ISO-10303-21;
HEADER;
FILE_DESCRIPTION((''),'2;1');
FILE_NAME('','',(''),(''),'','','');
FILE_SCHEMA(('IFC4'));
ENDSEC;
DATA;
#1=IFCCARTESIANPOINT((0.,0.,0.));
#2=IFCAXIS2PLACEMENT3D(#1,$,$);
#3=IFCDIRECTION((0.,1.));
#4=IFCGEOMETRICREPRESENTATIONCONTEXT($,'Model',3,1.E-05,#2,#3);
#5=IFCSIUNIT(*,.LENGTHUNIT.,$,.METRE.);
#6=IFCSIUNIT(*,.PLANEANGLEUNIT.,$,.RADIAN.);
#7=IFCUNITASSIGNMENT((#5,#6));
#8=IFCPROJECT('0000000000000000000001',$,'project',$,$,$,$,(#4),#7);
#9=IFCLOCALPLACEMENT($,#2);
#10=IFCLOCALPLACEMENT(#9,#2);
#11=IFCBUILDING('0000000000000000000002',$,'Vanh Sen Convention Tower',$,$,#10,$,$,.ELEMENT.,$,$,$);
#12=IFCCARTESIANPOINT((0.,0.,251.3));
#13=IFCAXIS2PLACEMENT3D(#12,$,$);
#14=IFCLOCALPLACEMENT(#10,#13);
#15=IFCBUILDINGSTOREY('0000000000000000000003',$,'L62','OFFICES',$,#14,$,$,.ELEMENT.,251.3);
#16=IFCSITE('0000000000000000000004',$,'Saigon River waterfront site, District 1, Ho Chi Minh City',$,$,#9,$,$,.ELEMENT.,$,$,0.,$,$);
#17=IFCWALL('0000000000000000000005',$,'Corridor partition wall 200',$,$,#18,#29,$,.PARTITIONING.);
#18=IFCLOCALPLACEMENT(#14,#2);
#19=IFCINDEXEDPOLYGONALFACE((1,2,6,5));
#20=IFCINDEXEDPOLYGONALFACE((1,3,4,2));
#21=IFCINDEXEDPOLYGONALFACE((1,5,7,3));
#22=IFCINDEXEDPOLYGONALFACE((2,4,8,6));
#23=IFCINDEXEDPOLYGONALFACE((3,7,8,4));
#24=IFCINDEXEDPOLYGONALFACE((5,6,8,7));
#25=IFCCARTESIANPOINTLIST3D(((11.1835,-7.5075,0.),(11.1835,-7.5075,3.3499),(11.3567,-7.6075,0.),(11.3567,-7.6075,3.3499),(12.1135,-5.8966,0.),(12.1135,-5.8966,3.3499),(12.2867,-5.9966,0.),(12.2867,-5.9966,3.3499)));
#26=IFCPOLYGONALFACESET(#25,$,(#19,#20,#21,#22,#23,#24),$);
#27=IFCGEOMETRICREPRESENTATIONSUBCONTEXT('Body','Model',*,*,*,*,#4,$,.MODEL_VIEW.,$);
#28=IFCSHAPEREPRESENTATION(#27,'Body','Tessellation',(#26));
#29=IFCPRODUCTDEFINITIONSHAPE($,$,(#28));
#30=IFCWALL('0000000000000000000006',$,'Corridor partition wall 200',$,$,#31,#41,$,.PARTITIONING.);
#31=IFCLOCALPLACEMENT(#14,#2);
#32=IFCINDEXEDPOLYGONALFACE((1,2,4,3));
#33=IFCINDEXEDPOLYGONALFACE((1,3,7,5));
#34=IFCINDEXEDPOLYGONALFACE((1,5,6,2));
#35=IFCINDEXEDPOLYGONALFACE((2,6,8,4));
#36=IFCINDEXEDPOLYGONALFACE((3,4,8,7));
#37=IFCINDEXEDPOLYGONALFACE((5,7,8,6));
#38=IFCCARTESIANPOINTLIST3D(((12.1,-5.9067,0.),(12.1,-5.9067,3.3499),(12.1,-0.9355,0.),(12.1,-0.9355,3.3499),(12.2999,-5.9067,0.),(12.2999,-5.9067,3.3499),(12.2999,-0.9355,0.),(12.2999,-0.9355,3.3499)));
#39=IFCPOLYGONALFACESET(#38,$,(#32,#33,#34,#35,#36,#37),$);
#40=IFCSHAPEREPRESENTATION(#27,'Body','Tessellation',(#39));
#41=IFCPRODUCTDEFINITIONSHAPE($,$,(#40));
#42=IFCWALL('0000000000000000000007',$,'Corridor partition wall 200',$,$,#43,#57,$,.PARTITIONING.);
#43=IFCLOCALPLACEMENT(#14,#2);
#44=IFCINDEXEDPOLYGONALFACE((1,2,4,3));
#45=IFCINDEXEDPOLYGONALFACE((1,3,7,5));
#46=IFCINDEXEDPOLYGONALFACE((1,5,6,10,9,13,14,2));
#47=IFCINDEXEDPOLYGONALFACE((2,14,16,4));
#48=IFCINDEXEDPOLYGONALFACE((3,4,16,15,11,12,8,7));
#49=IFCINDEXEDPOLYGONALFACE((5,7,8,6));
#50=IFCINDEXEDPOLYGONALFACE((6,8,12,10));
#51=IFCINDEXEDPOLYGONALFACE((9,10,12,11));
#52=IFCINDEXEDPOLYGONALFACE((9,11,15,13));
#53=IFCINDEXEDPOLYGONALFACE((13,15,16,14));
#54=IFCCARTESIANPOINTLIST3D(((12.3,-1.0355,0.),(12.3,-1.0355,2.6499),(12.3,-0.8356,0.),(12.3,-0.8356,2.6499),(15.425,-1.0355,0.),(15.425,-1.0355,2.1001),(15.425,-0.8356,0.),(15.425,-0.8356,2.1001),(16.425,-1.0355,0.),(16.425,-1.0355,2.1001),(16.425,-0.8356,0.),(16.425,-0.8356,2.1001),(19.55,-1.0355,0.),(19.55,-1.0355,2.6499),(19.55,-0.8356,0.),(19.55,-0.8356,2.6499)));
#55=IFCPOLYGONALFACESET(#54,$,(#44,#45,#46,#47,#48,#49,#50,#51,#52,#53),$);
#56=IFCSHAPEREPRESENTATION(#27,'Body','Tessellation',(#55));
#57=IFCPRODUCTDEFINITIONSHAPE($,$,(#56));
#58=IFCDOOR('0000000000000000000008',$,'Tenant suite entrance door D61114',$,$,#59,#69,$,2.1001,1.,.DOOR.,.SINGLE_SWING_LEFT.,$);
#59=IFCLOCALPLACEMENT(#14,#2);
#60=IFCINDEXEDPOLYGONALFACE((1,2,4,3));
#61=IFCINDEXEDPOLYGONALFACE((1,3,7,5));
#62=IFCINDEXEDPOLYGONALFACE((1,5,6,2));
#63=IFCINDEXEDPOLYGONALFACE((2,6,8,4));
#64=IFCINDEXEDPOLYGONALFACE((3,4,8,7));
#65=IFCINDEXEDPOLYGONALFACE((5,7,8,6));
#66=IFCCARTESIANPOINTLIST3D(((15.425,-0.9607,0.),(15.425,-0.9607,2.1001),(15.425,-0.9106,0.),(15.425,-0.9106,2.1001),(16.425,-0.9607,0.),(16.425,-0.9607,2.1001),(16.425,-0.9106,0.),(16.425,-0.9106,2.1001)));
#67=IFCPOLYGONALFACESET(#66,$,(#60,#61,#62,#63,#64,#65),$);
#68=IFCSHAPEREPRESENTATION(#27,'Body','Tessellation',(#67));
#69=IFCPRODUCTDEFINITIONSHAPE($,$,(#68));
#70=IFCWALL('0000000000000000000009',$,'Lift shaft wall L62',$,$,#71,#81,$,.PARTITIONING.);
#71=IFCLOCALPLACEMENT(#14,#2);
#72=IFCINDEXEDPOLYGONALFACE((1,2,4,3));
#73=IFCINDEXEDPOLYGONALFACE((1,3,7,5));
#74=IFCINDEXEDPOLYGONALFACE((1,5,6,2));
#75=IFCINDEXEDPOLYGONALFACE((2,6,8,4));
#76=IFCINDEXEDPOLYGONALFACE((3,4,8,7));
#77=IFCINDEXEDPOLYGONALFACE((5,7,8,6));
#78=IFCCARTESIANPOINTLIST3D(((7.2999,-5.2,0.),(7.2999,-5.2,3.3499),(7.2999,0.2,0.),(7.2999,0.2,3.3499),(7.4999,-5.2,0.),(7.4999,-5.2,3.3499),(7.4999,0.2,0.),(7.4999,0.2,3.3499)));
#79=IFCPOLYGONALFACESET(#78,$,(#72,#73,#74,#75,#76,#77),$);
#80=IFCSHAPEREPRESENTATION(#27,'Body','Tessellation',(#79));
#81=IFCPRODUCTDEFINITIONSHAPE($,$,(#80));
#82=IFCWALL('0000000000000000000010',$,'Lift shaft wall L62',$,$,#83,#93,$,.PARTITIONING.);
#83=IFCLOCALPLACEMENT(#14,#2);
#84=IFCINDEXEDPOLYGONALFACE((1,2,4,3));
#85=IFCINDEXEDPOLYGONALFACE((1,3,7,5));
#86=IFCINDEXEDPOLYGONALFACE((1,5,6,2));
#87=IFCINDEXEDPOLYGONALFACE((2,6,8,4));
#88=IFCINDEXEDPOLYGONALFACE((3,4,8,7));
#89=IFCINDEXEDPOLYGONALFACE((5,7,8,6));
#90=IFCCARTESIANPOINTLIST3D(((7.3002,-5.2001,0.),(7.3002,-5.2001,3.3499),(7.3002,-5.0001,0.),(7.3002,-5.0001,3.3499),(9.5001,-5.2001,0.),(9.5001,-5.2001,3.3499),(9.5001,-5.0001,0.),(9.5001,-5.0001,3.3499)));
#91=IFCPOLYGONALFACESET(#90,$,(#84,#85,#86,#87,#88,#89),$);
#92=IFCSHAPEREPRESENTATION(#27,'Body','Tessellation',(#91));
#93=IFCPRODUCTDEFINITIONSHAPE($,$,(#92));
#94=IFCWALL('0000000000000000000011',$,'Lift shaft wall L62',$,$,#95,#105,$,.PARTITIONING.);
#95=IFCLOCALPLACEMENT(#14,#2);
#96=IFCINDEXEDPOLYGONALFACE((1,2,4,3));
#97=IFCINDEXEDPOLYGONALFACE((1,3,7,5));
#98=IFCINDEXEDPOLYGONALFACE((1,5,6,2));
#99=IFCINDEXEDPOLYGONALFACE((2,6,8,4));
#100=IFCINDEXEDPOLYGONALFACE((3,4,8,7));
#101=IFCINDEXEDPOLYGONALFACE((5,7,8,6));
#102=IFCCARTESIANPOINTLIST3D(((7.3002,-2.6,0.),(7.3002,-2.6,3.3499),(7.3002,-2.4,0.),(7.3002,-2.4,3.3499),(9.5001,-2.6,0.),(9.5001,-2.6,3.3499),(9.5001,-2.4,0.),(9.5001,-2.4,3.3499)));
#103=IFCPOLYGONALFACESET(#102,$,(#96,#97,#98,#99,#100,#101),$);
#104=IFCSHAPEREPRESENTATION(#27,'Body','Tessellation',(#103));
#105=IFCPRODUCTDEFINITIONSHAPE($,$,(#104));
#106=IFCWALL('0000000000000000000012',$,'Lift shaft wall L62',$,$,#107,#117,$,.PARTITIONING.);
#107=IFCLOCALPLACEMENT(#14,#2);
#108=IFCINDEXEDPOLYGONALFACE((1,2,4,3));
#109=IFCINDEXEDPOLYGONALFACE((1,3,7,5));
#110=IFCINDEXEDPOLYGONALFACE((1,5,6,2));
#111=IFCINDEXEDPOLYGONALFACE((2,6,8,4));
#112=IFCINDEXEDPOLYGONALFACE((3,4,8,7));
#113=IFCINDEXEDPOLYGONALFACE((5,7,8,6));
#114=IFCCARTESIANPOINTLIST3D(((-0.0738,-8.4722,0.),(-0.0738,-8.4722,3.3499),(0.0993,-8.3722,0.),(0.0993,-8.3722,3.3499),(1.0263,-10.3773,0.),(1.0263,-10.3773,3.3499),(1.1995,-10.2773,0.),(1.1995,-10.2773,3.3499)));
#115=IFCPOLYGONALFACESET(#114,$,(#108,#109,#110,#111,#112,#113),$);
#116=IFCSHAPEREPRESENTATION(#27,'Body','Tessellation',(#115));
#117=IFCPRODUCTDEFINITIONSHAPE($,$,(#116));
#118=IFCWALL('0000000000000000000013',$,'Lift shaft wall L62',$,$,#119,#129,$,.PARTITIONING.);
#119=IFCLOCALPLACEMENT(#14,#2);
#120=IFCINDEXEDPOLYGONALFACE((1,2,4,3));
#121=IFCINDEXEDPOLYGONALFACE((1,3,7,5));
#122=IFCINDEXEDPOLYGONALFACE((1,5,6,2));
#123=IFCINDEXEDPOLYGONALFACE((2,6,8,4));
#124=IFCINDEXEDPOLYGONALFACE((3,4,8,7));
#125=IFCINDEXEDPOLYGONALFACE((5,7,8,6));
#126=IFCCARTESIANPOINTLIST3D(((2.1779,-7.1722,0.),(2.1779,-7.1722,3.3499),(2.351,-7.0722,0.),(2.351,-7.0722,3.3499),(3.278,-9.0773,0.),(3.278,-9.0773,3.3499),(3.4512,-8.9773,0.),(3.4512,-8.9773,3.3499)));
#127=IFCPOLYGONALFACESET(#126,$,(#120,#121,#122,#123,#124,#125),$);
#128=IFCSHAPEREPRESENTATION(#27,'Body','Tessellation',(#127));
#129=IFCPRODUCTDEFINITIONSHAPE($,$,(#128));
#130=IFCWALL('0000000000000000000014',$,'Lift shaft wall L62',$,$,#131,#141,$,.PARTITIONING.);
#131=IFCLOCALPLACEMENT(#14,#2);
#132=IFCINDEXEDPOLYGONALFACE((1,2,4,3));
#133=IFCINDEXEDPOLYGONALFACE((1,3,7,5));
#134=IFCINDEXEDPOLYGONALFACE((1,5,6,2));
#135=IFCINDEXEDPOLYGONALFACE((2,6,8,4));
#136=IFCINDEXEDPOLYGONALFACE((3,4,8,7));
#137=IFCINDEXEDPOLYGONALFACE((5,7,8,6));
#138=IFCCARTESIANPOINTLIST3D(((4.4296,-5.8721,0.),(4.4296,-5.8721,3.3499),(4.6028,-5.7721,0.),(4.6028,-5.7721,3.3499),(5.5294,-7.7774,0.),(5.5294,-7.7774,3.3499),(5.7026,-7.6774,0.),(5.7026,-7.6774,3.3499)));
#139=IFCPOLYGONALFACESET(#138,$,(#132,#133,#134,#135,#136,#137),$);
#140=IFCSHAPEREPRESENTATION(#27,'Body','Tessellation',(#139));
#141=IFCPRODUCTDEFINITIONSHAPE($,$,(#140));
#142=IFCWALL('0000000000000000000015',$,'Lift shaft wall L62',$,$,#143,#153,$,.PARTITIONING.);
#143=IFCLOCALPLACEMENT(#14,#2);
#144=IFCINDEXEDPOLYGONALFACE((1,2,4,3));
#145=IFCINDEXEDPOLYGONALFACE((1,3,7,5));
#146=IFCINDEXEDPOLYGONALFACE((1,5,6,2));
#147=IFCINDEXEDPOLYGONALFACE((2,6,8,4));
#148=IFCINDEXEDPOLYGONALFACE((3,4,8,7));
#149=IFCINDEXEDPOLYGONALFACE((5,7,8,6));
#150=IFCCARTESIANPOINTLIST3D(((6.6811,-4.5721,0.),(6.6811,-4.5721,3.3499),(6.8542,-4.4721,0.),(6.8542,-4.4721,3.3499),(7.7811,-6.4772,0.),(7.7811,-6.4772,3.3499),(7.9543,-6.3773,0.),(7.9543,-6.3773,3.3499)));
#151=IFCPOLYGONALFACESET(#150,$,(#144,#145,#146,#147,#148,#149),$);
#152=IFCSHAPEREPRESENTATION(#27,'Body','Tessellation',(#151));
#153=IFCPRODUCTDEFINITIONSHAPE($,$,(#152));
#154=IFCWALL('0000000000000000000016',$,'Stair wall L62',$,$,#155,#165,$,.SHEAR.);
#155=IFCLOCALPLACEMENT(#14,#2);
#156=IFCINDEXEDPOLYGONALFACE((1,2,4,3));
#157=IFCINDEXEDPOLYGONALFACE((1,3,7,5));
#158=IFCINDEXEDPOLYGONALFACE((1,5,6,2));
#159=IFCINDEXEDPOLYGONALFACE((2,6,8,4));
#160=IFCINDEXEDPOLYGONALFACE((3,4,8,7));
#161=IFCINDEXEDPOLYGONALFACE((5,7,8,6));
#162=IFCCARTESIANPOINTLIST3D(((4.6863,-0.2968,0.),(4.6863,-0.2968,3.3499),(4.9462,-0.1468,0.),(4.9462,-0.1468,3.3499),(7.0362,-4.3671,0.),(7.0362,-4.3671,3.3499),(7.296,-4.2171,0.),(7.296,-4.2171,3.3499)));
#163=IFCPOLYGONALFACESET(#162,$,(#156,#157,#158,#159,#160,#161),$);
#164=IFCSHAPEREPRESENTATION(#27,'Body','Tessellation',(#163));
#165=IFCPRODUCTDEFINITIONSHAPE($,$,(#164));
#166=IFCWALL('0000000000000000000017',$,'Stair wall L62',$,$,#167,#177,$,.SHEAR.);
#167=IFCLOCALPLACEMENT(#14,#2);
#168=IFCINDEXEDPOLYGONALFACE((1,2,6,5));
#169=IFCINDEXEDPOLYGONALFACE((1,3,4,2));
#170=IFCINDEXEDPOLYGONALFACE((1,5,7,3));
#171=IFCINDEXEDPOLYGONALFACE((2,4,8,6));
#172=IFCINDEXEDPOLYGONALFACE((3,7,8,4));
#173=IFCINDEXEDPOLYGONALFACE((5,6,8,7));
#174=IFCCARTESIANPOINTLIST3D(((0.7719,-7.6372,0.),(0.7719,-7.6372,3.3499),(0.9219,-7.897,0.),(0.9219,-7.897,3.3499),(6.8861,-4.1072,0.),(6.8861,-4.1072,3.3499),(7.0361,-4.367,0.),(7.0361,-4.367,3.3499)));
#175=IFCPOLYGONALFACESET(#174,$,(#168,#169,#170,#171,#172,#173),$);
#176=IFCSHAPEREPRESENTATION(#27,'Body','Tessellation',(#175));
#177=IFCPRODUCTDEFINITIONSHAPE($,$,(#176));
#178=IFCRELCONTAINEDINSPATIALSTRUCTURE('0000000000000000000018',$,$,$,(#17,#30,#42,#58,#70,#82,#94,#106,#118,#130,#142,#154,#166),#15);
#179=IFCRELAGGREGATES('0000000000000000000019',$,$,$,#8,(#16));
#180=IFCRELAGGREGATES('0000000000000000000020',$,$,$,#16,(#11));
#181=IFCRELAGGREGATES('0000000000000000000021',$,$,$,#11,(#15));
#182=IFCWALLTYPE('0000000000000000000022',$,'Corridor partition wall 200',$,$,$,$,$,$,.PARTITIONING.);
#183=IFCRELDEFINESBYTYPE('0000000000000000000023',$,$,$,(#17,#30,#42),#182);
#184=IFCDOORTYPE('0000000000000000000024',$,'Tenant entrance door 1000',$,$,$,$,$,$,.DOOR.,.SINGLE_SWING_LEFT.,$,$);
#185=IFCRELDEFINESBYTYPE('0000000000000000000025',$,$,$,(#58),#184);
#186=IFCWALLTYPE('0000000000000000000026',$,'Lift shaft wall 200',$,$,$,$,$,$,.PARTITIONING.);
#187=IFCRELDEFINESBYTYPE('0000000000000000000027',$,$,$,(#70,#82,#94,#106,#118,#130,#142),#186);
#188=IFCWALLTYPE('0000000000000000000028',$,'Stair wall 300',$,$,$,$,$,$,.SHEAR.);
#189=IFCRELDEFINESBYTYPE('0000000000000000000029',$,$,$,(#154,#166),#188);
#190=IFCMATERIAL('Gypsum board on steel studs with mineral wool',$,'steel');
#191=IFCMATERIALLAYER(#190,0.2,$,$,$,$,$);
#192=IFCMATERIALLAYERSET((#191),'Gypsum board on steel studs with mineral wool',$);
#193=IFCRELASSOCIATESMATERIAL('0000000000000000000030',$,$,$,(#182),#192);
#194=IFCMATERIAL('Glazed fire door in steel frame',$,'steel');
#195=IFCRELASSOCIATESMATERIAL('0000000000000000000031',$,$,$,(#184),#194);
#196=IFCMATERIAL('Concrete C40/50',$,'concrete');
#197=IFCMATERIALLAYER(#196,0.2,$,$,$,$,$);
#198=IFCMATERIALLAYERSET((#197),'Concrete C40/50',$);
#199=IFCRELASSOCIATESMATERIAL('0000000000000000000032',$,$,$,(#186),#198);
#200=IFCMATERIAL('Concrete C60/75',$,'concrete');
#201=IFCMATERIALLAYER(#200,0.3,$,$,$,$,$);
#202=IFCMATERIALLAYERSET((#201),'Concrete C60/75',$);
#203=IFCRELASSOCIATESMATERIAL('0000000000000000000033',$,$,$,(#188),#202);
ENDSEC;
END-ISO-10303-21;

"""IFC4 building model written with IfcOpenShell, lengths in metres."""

from ifc_helpers import new_model, si_unit, direction, frame, frame_2d, origin, place, context, subcontext, project, spatial, rectangle, extrude, material, layer, layer_set, type_object, element, fill, save


model = new_model("IFC4")

# Units and contexts
model_context = context("Model", 3, precision=1e-05, world=origin(), true_north=direction((0.0, 1.0)))
body_context = subcontext(model_context, "Body", "Model", "MODEL_VIEW")
ifc_project = project(units=[si_unit("LENGTHUNIT", "METRE"), si_unit("PLANEANGLEUNIT", "RADIAN")], contexts=[model_context])

# Site, building, storey
site_placement = place(None, origin())
site = spatial("IfcSite", under=ifc_project, at=site_placement, Name="Saigon River waterfront site, District 1, Ho Chi Minh City", CompositionType="ELEMENT", RefElevation=0.0)
building_placement = place(site_placement, origin())
building = spatial("IfcBuilding", under=site, at=building_placement, Name="Vanh Sen Convention Tower", CompositionType="ELEMENT")
storey_placement = place(building_placement, frame((0.0, 0.0, 251.3)))
storey = spatial("IfcBuildingStorey", under=building, at=storey_placement, Name="L62", Description="OFFICES", CompositionType="ELEMENT", Elevation=251.3)

# Shared definitions
ifc_material_1 = material(Name="Concrete C40/50", Category="concrete")

# Shared definitions
ifc_material_2 = material(Name="Concrete C60/75", Category="concrete")

# Walls
ifc_material_3 = material(Name="Gypsum board on steel studs with mineral wool", Category="steel")
ifc_layer_1 = layer(ifc_material_3, 0.2)
ifc_layer_set_1 = layer_set([ifc_layer_1], Name="Gypsum board on steel studs with mineral wool")
wall_type_1 = type_object("IfcWallType", Name="Corridor partition wall 200", PredefinedType="PARTITIONING", material=ifc_layer_set_1)
wall_1_placement = place(storey_placement, frame((11.27, -7.5576, 0.0), z_axis=(0.0, 0.0, 1.0), x_axis=(0.499965, 0.866046, 0.0)))
element("IfcWall", 1, at=wall_1_placement, inside=storey, type_object=wall_type_1, Name="Corridor partition wall 200", PredefinedType="PARTITIONING", context=body_context, shape_type="SweptSolid", body=[
    extrude(rectangle(XDim=1.8601, YDim=0.2, at=frame_2d((0.9302, 0.0))), origin(), (0.0, 0.0, 1.0), 3.3499),
])
wall_2_placement = place(storey_placement, frame((12.2, -5.9067, 0.0), z_axis=(0.0, 0.0, 1.0), x_axis=(0.0, 1.0, 0.0)))
element("IfcWall", 2, at=wall_2_placement, inside=storey, type_object=wall_type_1, Name="Corridor partition wall 200", PredefinedType="PARTITIONING", context=body_context, shape_type="SweptSolid", body=[
    extrude(rectangle(XDim=4.9712, YDim=0.2, at=frame_2d((2.4856, 0.0))), origin(), (0.0, 0.0, 1.0), 3.3499),
])

# Wall, opening, door
wall_3_placement = place(storey_placement, frame((12.3, -0.9355, 0.0), z_axis=(0.0, 0.0, 1.0), x_axis=(1.0, 0.0, 0.0)))
wall_3 = element("IfcWall", 3, at=wall_3_placement, inside=storey, type_object=wall_type_1, Name="Corridor partition wall 200", PredefinedType="PARTITIONING", context=body_context, shape_type="SweptSolid", body=[
    extrude(rectangle(XDim=7.25, YDim=0.2, at=frame_2d((3.625, 0.0))), origin(), (0.0, 0.0, 1.0), 2.6499),
])
opening_1_placement = place(wall_3_placement, frame((3.125, 0.0, 0.0)))
opening_1 = element("IfcOpeningElement", 4, at=opening_1_placement, cuts=wall_3, PredefinedType="OPENING", context=body_context, shape_type="SweptSolid", body=[
    extrude(rectangle(XDim=1.0, YDim=2.1001, at=frame_2d((0.5, 1.05))), frame((0.0, 0.1099, 0.0), z_axis=(0.0, -1.0, 0.0), x_axis=(1.0, 0.0, 0.0)), (0.0, 0.0, 1.0), 0.22),
])
ifc_material_4 = material(Name="Glazed fire door in steel frame", Category="steel")
door_type_1 = type_object("IfcDoorType", Name="Tenant entrance door 1000", OperationType="SINGLE_SWING_LEFT", PredefinedType="DOOR", material=ifc_material_4)
door_1_placement = place(opening_1_placement, origin())
door_1 = element("IfcDoor", 5, at=door_1_placement, inside=storey, type_object=door_type_1, Name="Tenant suite entrance door D61114", OperationType="SINGLE_SWING_LEFT", OverallHeight=2.1001, OverallWidth=1.0, PredefinedType="DOOR", context=body_context, shape_type="SweptSolid", body=[
    extrude(rectangle(XDim=1.0, YDim=2.1001, at=frame_2d((0.5, 1.05))), frame((0.0, 0.0249, 0.0), z_axis=(0.0, -1.0, 0.0), x_axis=(1.0, 0.0, 0.0)), (0.0, 0.0, 1.0), 0.05),
])
fill(opening_1, door_1)

# Walls
ifc_layer_2 = layer(ifc_material_1, 0.2)
ifc_layer_set_2 = layer_set([ifc_layer_2], Name="Concrete C40/50")
wall_type_2 = type_object("IfcWallType", Name="Lift shaft wall 200", PredefinedType="PARTITIONING", material=ifc_layer_set_2)
wall_4_placement = place(storey_placement, frame((7.3999, -5.2, 0.0), z_axis=(0.0, 0.0, 1.0), x_axis=(0.0, 1.0, 0.0)))
element("IfcWall", 6, at=wall_4_placement, inside=storey, type_object=wall_type_2, Name="Lift shaft wall L62", PredefinedType="PARTITIONING", context=body_context, shape_type="SweptSolid", body=[
    extrude(rectangle(XDim=5.3999, YDim=0.2, at=frame_2d((2.7, 0.0))), origin(), (0.0, 0.0, 1.0), 3.3499),
])
for number, where, z_axis, x_axis, name in (
    (7, (7.3, -5.1001, 0.0), (0.0, 0.0, 1.0), (1.0, 0.0, 0.0), "Lift shaft wall L62"),
    (8, (7.3, -2.5, 0.0), (0.0, 0.0, 1.0), (1.0, 0.0, 0.0), "Lift shaft wall L62"),
    (9, (0.0127, -8.4221, 0.0), (0.0, 0.0, 1.0), (0.500078, -0.86598, 0.0), "Lift shaft wall L62"),
    (10, (2.2644, -7.1221, 0.0), (0.0, 0.0, 1.0), (0.500078, -0.86598, 0.0), "Lift shaft wall L62"),
    (11, (4.5161, -5.822, 0.0), (0.0, 0.0, 1.0), (0.499947, -0.866056, 0.0), "Lift shaft wall L62"),
    (12, (6.7676, -4.522, 0.0), (0.0, 0.0, 1.0), (0.50003, -0.866008, 0.0), "Lift shaft wall L62"),
):
    element("IfcWall", number, at=place(storey_placement, frame(where, z_axis=z_axis, x_axis=x_axis)), inside=storey, type_object=wall_type_2, Name=name, PredefinedType="PARTITIONING", context=body_context, shape_type="SweptSolid", body=[
        extrude(rectangle(XDim=2.2, YDim=0.2, at=frame_2d((1.1001, 0.0))), origin(), (0.0, 0.0, 1.0), 3.3499),
    ])
ifc_layer_3 = layer(ifc_material_2, 0.3)
ifc_layer_set_3 = layer_set([ifc_layer_3], Name="Concrete C60/75")
wall_type_3 = type_object("IfcWallType", Name="Stair wall 300", PredefinedType="SHEAR", material=ifc_layer_set_3)
wall_5_placement = place(storey_placement, frame((4.8162, -0.2217, 0.0), z_axis=(0.0, 0.0, 1.0), x_axis=(0.499977, -0.866039, 0.0)))
element("IfcWall", 13, at=wall_5_placement, inside=storey, type_object=wall_type_3, Name="Stair wall L62", PredefinedType="SHEAR", context=body_context, shape_type="SweptSolid", body=[
    extrude(rectangle(XDim=4.7, YDim=0.3, at=frame_2d((2.3501, 0.0))), origin(), (0.0, 0.0, 1.0), 3.3499),
])
wall_6_placement = place(storey_placement, frame((0.8469, -7.7671, 0.0), z_axis=(0.0, 0.0, 1.0), x_axis=(0.866028, 0.499996, 0.0)))
element("IfcWall", 14, at=wall_6_placement, inside=storey, type_object=wall_type_3, Name="Stair wall L62", PredefinedType="SHEAR", context=body_context, shape_type="SweptSolid", body=[
    extrude(rectangle(XDim=7.0601, YDim=0.3, at=frame_2d((3.53, 0.0))), origin(), (0.0, 0.0, 1.0), 3.3499),
])

save(model, "model.ifc")
